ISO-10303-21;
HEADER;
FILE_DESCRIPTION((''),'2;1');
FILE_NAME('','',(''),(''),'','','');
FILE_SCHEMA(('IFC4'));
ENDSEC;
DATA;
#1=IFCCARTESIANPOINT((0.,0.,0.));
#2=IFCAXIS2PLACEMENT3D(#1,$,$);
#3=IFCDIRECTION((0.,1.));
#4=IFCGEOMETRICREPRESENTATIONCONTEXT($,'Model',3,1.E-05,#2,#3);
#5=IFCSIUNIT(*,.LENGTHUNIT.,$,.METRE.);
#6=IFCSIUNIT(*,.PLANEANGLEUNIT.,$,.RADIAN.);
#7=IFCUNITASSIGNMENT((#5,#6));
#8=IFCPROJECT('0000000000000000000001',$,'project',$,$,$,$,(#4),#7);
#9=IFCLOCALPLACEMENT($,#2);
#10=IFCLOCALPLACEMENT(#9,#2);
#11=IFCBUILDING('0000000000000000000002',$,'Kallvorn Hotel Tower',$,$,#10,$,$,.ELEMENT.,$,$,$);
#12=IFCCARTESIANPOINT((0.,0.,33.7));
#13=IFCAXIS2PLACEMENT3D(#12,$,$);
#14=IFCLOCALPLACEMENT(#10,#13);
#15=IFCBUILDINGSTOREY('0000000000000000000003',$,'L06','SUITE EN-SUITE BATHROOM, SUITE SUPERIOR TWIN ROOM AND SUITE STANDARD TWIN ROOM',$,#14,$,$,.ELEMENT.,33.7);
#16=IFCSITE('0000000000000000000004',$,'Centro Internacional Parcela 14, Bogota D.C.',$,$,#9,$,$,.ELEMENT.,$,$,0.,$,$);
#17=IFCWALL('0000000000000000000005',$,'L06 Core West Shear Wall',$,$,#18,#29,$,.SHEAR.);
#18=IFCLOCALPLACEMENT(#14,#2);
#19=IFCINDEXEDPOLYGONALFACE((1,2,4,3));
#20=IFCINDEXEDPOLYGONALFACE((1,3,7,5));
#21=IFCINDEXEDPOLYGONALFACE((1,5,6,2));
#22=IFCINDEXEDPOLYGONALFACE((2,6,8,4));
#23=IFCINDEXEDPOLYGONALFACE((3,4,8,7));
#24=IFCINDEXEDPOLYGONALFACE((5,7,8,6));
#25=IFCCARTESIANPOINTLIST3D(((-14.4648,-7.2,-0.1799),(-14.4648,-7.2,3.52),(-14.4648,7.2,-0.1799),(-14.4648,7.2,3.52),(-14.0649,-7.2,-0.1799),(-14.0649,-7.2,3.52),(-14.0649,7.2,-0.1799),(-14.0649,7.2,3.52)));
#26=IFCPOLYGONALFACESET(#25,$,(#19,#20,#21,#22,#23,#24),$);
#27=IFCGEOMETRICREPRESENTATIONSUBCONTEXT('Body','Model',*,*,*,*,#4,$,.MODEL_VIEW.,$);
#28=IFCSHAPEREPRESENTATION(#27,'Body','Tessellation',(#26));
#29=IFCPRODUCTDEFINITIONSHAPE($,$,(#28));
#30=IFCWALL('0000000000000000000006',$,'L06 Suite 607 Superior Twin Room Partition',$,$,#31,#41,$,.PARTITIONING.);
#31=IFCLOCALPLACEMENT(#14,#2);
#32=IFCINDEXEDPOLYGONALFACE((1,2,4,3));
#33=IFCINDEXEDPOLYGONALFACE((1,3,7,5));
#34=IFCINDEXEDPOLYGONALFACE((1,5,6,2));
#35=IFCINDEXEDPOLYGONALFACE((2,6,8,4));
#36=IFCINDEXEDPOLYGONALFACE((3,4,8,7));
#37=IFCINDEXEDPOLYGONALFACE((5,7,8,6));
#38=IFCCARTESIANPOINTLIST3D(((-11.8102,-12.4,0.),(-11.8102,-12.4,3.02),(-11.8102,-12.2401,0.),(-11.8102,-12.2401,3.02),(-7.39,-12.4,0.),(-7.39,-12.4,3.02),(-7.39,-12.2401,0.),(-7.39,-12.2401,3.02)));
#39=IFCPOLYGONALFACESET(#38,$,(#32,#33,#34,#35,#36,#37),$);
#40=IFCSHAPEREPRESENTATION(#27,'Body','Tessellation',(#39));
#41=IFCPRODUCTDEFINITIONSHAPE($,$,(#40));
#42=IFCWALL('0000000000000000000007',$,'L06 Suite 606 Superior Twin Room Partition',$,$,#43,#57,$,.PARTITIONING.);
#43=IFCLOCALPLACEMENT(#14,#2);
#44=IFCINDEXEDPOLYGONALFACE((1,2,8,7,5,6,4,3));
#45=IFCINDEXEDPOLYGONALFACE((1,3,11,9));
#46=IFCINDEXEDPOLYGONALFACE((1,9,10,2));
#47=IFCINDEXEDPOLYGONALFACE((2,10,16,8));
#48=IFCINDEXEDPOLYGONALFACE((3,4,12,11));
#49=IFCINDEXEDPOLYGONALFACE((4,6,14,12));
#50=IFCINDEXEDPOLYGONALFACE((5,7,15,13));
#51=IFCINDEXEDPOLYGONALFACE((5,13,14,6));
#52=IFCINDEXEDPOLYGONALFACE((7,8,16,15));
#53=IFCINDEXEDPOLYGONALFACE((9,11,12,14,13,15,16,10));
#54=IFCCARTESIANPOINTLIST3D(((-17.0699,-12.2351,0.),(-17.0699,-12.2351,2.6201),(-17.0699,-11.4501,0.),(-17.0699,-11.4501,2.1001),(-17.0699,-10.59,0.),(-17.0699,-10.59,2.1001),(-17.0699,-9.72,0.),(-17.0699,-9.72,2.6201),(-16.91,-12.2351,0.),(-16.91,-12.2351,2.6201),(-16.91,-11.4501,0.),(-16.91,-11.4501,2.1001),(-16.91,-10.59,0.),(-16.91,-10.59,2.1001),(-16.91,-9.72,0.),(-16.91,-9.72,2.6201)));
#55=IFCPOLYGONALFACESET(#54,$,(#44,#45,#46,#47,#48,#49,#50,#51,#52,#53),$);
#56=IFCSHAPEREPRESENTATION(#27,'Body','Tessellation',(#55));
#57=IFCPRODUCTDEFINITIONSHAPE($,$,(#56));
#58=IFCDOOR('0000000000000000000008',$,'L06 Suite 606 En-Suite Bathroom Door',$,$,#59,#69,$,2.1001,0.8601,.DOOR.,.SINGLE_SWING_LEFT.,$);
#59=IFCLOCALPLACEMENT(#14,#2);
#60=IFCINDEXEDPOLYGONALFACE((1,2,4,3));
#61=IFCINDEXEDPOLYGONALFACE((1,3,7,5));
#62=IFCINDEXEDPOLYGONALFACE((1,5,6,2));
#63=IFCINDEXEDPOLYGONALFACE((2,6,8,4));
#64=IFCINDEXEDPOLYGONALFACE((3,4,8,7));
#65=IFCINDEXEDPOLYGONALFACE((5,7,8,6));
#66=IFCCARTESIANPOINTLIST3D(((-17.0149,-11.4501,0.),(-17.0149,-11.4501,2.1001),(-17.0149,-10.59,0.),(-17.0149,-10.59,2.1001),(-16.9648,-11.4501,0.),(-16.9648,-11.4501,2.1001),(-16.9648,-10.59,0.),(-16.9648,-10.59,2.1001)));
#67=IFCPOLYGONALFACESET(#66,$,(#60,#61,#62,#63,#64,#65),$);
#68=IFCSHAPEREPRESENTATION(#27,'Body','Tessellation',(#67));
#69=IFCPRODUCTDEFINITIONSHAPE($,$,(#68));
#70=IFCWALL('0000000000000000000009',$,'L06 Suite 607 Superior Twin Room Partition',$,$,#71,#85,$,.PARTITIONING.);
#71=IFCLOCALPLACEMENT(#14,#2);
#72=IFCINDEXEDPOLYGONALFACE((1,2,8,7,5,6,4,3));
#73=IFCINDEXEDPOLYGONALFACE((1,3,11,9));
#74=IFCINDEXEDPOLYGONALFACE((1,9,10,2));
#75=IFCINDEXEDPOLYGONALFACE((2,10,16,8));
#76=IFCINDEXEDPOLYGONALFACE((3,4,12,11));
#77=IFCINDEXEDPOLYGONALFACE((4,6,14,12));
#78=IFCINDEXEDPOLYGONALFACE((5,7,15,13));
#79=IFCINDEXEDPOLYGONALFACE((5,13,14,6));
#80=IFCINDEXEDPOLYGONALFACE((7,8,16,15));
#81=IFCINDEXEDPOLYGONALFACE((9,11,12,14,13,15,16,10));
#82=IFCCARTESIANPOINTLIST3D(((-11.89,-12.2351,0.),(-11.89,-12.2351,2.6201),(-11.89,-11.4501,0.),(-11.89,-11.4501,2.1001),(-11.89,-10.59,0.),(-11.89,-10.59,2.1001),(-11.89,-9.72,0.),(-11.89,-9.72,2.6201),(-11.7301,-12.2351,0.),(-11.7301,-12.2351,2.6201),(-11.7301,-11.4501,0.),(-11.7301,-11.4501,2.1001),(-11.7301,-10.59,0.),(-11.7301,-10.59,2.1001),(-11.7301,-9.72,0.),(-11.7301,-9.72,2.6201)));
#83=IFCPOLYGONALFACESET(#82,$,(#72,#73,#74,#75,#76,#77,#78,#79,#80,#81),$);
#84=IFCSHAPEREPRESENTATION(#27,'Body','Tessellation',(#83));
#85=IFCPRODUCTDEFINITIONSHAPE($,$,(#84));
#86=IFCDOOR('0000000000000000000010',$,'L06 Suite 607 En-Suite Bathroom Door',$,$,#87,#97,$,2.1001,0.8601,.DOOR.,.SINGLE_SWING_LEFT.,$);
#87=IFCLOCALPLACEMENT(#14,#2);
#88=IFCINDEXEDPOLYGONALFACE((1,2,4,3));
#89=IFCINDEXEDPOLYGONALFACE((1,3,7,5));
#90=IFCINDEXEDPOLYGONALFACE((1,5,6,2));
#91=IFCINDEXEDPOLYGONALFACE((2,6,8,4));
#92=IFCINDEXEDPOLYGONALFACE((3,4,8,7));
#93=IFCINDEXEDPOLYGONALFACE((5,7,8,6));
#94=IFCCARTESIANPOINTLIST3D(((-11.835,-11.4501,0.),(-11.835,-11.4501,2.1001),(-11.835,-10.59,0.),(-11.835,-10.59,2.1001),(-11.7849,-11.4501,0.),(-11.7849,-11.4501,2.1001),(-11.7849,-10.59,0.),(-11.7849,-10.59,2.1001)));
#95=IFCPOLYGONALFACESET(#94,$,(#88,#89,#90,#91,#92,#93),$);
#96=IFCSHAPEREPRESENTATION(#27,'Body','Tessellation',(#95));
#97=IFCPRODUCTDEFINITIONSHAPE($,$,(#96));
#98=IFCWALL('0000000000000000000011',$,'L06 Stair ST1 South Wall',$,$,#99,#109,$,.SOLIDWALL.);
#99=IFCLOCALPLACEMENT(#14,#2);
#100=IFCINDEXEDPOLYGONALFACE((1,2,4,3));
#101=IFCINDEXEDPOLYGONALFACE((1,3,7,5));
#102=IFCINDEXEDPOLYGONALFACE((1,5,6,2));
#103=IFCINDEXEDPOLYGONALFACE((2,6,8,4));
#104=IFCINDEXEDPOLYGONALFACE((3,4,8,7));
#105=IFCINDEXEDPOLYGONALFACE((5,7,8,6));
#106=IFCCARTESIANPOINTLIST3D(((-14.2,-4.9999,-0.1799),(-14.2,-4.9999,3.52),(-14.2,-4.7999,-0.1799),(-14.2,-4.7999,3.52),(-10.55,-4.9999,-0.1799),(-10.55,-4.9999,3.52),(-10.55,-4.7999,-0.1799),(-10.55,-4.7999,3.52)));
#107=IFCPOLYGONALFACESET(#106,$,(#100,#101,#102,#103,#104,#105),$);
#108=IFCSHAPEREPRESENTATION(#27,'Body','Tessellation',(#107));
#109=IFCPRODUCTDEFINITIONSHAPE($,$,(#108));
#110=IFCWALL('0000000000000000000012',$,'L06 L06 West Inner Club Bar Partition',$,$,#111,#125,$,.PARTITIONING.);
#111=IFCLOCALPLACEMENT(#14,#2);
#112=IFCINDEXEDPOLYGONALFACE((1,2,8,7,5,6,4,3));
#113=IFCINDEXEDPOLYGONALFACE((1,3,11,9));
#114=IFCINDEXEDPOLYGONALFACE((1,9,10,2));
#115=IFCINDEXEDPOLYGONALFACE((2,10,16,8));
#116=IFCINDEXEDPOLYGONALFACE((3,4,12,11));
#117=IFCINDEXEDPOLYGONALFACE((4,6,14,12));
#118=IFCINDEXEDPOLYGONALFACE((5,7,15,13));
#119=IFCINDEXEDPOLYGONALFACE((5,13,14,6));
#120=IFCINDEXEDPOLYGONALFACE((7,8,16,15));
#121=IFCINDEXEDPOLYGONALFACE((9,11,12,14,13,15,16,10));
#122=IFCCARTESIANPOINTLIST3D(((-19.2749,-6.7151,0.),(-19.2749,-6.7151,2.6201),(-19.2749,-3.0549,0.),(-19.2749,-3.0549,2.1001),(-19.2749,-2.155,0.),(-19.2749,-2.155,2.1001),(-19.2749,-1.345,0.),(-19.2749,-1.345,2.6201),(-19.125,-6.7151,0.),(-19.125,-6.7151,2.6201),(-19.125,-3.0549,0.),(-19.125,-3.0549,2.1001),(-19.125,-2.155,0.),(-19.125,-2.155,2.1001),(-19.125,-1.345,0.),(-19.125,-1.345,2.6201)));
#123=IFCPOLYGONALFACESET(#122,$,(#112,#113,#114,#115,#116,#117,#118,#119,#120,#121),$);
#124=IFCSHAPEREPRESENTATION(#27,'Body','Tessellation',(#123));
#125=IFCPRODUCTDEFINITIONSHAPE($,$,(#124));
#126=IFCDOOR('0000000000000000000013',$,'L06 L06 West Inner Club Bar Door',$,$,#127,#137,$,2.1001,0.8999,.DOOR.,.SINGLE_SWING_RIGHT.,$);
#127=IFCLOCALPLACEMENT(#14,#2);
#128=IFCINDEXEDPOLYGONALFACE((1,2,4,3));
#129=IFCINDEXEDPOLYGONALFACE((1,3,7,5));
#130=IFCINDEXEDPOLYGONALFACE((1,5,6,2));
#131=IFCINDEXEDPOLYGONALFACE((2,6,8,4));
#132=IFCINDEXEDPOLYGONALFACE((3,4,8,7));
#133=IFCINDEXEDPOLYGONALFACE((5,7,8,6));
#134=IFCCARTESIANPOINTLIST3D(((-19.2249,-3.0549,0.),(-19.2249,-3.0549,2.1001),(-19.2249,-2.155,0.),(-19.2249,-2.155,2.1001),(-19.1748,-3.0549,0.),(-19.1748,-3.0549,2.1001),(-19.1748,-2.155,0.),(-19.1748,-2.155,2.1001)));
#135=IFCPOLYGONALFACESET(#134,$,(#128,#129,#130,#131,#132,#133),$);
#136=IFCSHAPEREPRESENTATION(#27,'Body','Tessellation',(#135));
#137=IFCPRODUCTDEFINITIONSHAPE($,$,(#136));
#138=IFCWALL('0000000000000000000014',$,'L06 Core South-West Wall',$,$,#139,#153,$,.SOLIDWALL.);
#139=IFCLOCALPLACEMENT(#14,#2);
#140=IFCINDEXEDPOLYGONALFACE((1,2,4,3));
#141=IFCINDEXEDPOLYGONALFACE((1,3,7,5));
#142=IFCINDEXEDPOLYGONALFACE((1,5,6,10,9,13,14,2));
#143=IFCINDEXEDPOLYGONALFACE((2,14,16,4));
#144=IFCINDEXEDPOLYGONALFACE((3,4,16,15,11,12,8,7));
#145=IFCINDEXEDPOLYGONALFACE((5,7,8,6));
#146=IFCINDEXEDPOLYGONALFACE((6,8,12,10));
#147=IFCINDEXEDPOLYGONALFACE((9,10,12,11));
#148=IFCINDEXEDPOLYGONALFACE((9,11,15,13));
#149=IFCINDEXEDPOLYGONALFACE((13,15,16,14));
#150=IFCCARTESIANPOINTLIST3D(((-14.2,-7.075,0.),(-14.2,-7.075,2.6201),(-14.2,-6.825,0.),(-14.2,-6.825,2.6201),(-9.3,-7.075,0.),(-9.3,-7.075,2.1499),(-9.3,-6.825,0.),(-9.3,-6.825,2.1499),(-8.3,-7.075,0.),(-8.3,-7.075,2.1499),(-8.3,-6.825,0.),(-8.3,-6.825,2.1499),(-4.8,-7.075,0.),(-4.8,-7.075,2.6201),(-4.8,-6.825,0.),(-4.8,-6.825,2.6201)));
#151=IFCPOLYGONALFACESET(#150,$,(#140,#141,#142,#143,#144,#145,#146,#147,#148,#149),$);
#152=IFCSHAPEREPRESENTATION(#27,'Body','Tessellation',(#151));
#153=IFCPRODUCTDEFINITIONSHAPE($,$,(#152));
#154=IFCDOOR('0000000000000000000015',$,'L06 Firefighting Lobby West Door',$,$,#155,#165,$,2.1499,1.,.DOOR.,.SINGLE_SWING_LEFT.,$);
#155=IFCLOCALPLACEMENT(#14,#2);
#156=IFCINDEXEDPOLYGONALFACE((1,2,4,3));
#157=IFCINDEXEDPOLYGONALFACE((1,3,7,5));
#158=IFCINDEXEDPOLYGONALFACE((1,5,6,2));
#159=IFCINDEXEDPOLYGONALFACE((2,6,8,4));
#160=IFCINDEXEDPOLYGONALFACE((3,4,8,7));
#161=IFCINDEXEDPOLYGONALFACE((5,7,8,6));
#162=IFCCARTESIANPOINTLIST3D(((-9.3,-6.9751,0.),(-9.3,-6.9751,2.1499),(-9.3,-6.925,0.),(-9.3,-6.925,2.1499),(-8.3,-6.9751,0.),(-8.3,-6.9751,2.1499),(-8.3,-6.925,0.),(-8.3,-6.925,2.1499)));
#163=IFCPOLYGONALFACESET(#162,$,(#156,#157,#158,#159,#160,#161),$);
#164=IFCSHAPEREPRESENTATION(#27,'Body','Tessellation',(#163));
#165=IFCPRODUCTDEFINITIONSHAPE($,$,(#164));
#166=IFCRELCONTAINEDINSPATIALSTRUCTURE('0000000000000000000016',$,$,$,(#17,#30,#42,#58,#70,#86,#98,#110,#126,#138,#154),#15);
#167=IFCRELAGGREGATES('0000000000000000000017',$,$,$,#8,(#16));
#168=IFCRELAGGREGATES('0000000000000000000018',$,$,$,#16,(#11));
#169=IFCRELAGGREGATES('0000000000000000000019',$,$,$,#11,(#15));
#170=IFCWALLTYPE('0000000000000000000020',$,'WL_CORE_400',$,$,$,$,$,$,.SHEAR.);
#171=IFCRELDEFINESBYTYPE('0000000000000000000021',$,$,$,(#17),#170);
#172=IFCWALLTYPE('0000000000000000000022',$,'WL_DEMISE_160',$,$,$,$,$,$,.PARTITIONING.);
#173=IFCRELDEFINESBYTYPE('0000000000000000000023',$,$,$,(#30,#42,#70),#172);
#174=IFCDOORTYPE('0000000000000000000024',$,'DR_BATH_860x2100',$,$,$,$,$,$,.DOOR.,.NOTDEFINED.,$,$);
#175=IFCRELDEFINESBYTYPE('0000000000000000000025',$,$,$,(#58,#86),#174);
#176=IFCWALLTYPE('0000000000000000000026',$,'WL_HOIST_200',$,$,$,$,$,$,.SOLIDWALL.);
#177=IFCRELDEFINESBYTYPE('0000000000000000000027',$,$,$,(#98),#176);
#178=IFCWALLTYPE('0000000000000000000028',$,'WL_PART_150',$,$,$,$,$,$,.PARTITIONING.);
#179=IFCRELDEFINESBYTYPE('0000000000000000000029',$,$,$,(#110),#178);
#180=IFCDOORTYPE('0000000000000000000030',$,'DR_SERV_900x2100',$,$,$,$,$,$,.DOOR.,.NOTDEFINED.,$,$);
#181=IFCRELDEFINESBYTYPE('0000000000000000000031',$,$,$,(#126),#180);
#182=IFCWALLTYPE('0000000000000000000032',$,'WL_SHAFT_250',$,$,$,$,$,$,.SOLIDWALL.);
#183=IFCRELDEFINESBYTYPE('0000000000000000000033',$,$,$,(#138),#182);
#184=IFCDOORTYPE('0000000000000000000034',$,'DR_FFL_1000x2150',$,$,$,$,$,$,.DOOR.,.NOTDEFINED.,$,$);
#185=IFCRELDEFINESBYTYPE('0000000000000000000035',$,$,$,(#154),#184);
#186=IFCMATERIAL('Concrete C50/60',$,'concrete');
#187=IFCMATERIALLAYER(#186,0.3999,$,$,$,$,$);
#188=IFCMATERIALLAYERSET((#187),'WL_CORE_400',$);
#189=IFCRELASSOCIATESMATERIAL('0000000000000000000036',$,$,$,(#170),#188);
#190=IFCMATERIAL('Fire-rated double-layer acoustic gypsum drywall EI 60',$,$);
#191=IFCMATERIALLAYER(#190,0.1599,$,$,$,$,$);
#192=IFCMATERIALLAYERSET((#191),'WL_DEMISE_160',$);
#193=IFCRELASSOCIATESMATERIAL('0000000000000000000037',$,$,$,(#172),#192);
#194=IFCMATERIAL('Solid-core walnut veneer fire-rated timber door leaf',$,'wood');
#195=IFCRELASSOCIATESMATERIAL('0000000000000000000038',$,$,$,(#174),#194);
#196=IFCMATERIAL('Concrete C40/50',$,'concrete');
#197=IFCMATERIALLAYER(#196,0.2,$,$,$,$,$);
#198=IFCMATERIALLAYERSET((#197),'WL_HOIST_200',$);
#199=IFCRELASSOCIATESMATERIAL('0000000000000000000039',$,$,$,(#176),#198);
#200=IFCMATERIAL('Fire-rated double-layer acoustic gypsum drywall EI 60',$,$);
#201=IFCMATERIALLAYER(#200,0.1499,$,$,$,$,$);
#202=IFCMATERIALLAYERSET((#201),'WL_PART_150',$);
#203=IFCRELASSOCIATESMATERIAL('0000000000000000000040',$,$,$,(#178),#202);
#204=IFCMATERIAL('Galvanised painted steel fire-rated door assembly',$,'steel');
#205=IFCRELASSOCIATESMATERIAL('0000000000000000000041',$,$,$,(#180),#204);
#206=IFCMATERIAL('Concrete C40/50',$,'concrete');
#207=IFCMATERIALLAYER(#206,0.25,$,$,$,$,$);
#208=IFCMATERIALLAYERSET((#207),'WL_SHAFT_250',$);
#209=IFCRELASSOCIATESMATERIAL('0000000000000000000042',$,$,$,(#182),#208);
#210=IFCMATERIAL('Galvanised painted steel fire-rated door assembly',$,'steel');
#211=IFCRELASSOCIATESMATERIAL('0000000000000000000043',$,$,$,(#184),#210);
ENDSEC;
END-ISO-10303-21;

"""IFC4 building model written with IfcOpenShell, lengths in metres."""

from ifc_helpers import new_model, si_unit, direction, frame, frame_2d, origin, place, context, subcontext, project, spatial, rectangle, extrude, material, layer, layer_set, type_object, element, fill, save


model = new_model("IFC4")

# Units and contexts
model_context = context("Model", 3, precision=1e-05, world=origin(), true_north=direction((0.0, 1.0)))
body_context = subcontext(model_context, "Body", "Model", "MODEL_VIEW")
ifc_project = project(units=[si_unit("LENGTHUNIT", "METRE"), si_unit("PLANEANGLEUNIT", "RADIAN")], contexts=[model_context])

# Site, building, storey
site_placement = place(None, origin())
site = spatial("IfcSite", under=ifc_project, at=site_placement, Name="Centro Internacional Parcela 14, Bogota D.C.", CompositionType="ELEMENT", RefElevation=0.0)
building_placement = place(site_placement, origin())
building = spatial("IfcBuilding", under=site, at=building_placement, Name="Kallvorn Hotel Tower", CompositionType="ELEMENT")
storey_placement = place(building_placement, frame((0.0, 0.0, 33.7)))
storey = spatial("IfcBuildingStorey", under=building, at=storey_placement, Name="L06", Description="SUITE EN-SUITE BATHROOM, SUITE SUPERIOR TWIN ROOM AND SUITE STANDARD TWIN ROOM", CompositionType="ELEMENT", Elevation=33.7)

# Walls
ifc_material_1 = material(Name="Concrete C50/60", Category="concrete")
ifc_layer_1 = layer(ifc_material_1, 0.3999)
ifc_layer_set_1 = layer_set([ifc_layer_1], Name="WL_CORE_400")
wall_type_1 = type_object("IfcWallType", Name="WL_CORE_400", PredefinedType="SHEAR", material=ifc_layer_set_1)
wall_1_placement = place(storey_placement, frame((-14.2649, -7.2, -0.1799), z_axis=(0.0, 0.0, 1.0), x_axis=(0.0, 1.0, 0.0)))
element("IfcWall", 1, at=wall_1_placement, inside=storey, type_object=wall_type_1, Name="L06 Core West Shear Wall", PredefinedType="SHEAR", context=body_context, shape_type="SweptSolid", body=[
    extrude(rectangle(XDim=14.3999, YDim=0.3999, at=frame_2d((7.2, 0.0))), origin(), (0.0, 0.0, 1.0), 3.7),
])
ifc_material_2 = material(Name="Fire-rated double-layer acoustic gypsum drywall EI 60")
ifc_layer_2 = layer(ifc_material_2, 0.1599)
ifc_layer_set_2 = layer_set([ifc_layer_2], Name="WL_DEMISE_160")
wall_type_2 = type_object("IfcWallType", Name="WL_DEMISE_160", PredefinedType="PARTITIONING", material=ifc_layer_set_2)
wall_2_placement = place(storey_placement, frame((-11.8101, -12.3201, 0.0), z_axis=(0.0, 0.0, 1.0), x_axis=(1.0, 0.0, 0.0)))
element("IfcWall", 2, at=wall_2_placement, inside=storey, type_object=wall_type_2, Name="L06 Suite 607 Superior Twin Room Partition", PredefinedType="PARTITIONING", context=body_context, shape_type="SweptSolid", body=[
    extrude(rectangle(XDim=4.4202, YDim=0.1599, at=frame_2d((2.21, 0.0))), origin(), (0.0, 0.0, 1.0), 3.02),
])

# Walls, openings, doors
wall_3_placement = place(storey_placement, frame((-16.99, -12.2351, 0.0), z_axis=(0.0, 0.0, 1.0), x_axis=(0.0, 1.0, 0.0)))
wall_3 = element("IfcWall", 3, at=wall_3_placement, inside=storey, type_object=wall_type_2, Name="L06 Suite 606 Superior Twin Room Partition", PredefinedType="PARTITIONING", context=body_context, shape_type="SweptSolid", body=[
    extrude(rectangle(XDim=2.5151, YDim=0.1599, at=frame_2d((1.2576, 0.0))), origin(), (0.0, 0.0, 1.0), 2.6201),
])
opening_1_placement = place(wall_3_placement, frame((0.7849, 0.0, 0.0)))
opening_1 = element("IfcOpeningElement", 4, at=opening_1_placement, cuts=wall_3, PredefinedType="OPENING", context=body_context, shape_type="SweptSolid", body=[
    extrude(rectangle(XDim=0.8601, YDim=2.1001, at=frame_2d((0.4302, 1.05))), frame((0.0, 0.095, 0.0), z_axis=(0.0, -1.0, 0.0), x_axis=(1.0, 0.0, 0.0)), (0.0, 0.0, 1.0), 0.1899),
])
ifc_material_3 = material(Name="Solid-core walnut veneer fire-rated timber door leaf", Category="wood")
door_type_1 = type_object("IfcDoorType", Name="DR_BATH_860x2100", OperationType="NOTDEFINED", PredefinedType="DOOR", material=ifc_material_3)
door_1_placement = place(opening_1_placement, origin())
door_1 = element("IfcDoor", 5, at=door_1_placement, inside=storey, type_object=door_type_1, Name="L06 Suite 606 En-Suite Bathroom Door", OperationType="SINGLE_SWING_LEFT", OverallHeight=2.1001, OverallWidth=0.8601, PredefinedType="DOOR", context=body_context, shape_type="SweptSolid", body=[
    extrude(rectangle(XDim=0.8601, YDim=2.1001, at=frame_2d((0.4302, 1.05))), frame((0.0, 0.0249, 0.0), z_axis=(0.0, -1.0, 0.0), x_axis=(1.0, 0.0, 0.0)), (0.0, 0.0, 1.0), 0.05),
])
fill(opening_1, door_1)
wall_4_placement = place(storey_placement, frame((-11.8101, -12.2351, 0.0), z_axis=(0.0, 0.0, 1.0), x_axis=(0.0, 1.0, 0.0)))
wall_4 = element("IfcWall", 6, at=wall_4_placement, inside=storey, type_object=wall_type_2, Name="L06 Suite 607 Superior Twin Room Partition", PredefinedType="PARTITIONING", context=body_context, shape_type="SweptSolid", body=[
    extrude(rectangle(XDim=2.5151, YDim=0.1599, at=frame_2d((1.2576, 0.0))), origin(), (0.0, 0.0, 1.0), 2.6201),
])
opening_2_placement = place(wall_4_placement, frame((0.7849, 0.0, 0.0)))
opening_2 = element("IfcOpeningElement", 7, at=opening_2_placement, cuts=wall_4, PredefinedType="OPENING", context=body_context, shape_type="SweptSolid", body=[
    extrude(rectangle(XDim=0.8601, YDim=2.1001, at=frame_2d((0.4302, 1.05))), frame((0.0, 0.095, 0.0), z_axis=(0.0, -1.0, 0.0), x_axis=(1.0, 0.0, 0.0)), (0.0, 0.0, 1.0), 0.1899),
])
door_2_placement = place(opening_2_placement, origin())
door_2 = element("IfcDoor", 8, at=door_2_placement, inside=storey, type_object=door_type_1, Name="L06 Suite 607 En-Suite Bathroom Door", OperationType="SINGLE_SWING_LEFT", OverallHeight=2.1001, OverallWidth=0.8601, PredefinedType="DOOR", context=body_context, shape_type="SweptSolid", body=[
    extrude(rectangle(XDim=0.8601, YDim=2.1001, at=frame_2d((0.4302, 1.05))), frame((0.0, 0.0249, 0.0), z_axis=(0.0, -1.0, 0.0), x_axis=(1.0, 0.0, 0.0)), (0.0, 0.0, 1.0), 0.05),
])
fill(opening_2, door_2)

# Wall
ifc_material_4 = material(Name="Concrete C40/50", Category="concrete")
ifc_layer_3 = layer(ifc_material_4, 0.2)
ifc_layer_set_3 = layer_set([ifc_layer_3], Name="WL_HOIST_200")
wall_type_3 = type_object("IfcWallType", Name="WL_HOIST_200", PredefinedType="SOLIDWALL", material=ifc_layer_set_3)
wall_5_placement = place(storey_placement, frame((-14.2, -4.8999, -0.1799), z_axis=(0.0, 0.0, 1.0), x_axis=(1.0, 0.0, 0.0)))
element("IfcWall", 9, at=wall_5_placement, inside=storey, type_object=wall_type_3, Name="L06 Stair ST1 South Wall", PredefinedType="SOLIDWALL", context=body_context, shape_type="SweptSolid", body=[
    extrude(rectangle(XDim=3.6499, YDim=0.2, at=frame_2d((1.825, 0.0))), origin(), (0.0, 0.0, 1.0), 3.7),
])

# Walls, openings, doors
ifc_material_5 = material(Name="Fire-rated double-layer acoustic gypsum drywall EI 60")
ifc_layer_4 = layer(ifc_material_5, 0.1499)
ifc_layer_set_4 = layer_set([ifc_layer_4], Name="WL_PART_150")
wall_type_4 = type_object("IfcWallType", Name="WL_PART_150", PredefinedType="PARTITIONING", material=ifc_layer_set_4)
wall_6_placement = place(storey_placement, frame((-19.2, -6.7151, 0.0), z_axis=(0.0, 0.0, 1.0), x_axis=(0.0, 1.0, 0.0)))
wall_6 = element("IfcWall", 10, at=wall_6_placement, inside=storey, type_object=wall_type_4, Name="L06 L06 West Inner Club Bar Partition", PredefinedType="PARTITIONING", context=body_context, shape_type="SweptSolid", body=[
    extrude(rectangle(XDim=5.3701, YDim=0.1499, at=frame_2d((2.6851, 0.0))), origin(), (0.0, 0.0, 1.0), 2.6201),
])
opening_3_placement = place(wall_6_placement, frame((3.6602, 0.0, 0.0)))
opening_3 = element("IfcOpeningElement", 11, at=opening_3_placement, cuts=wall_6, PredefinedType="OPENING", context=body_context, shape_type="SweptSolid", body=[
    extrude(rectangle(XDim=0.8999, YDim=2.1001, at=frame_2d((0.45, 1.05))), frame((0.0, 0.0898, 0.0), z_axis=(0.0, -1.0, 0.0), x_axis=(1.0, 0.0, 0.0)), (0.0, 0.0, 1.0), 0.1799),
])
ifc_material_6 = material(Name="Galvanised painted steel fire-rated door assembly", Category="steel")
door_type_2 = type_object("IfcDoorType", Name="DR_SERV_900x2100", OperationType="NOTDEFINED", PredefinedType="DOOR", material=ifc_material_6)
door_3_placement = place(opening_3_placement, origin())
door_3 = element("IfcDoor", 12, at=door_3_placement, inside=storey, type_object=door_type_2, Name="L06 L06 West Inner Club Bar Door", OperationType="SINGLE_SWING_RIGHT", OverallHeight=2.1001, OverallWidth=0.8999, PredefinedType="DOOR", context=body_context, shape_type="SweptSolid", body=[
    extrude(rectangle(XDim=0.8999, YDim=2.1001, at=frame_2d((0.45, 1.05))), frame((0.0, 0.0249, 0.0), z_axis=(0.0, -1.0, 0.0), x_axis=(1.0, 0.0, 0.0)), (0.0, 0.0, 1.0), 0.05),
])
fill(opening_3, door_3)
ifc_material_7 = material(Name="Concrete C40/50", Category="concrete")
ifc_layer_5 = layer(ifc_material_7, 0.25)
ifc_layer_set_5 = layer_set([ifc_layer_5], Name="WL_SHAFT_250")
wall_type_5 = type_object("IfcWallType", Name="WL_SHAFT_250", PredefinedType="SOLIDWALL", material=ifc_layer_set_5)
wall_7_placement = place(storey_placement, frame((-14.2, -6.95, 0.0), z_axis=(0.0, 0.0, 1.0), x_axis=(1.0, 0.0, 0.0)))
wall_7 = element("IfcWall", 13, at=wall_7_placement, inside=storey, type_object=wall_type_5, Name="L06 Core South-West Wall", PredefinedType="SOLIDWALL", context=body_context, shape_type="SweptSolid", body=[
    extrude(rectangle(XDim=9.3999, YDim=0.25, at=frame_2d((4.7, 0.0))), origin(), (0.0, 0.0, 1.0), 2.6201),
])
opening_4_placement = place(wall_7_placement, frame((4.8999, 0.0, 0.0)))
opening_4 = element("IfcOpeningElement", 14, at=opening_4_placement, cuts=wall_7, PredefinedType="OPENING", context=body_context, shape_type="SweptSolid", body=[
    extrude(rectangle(XDim=1.0, YDim=2.1499, at=frame_2d((0.5, 1.075))), frame((0.0, 0.1399, 0.0), z_axis=(0.0, -1.0, 0.0), x_axis=(1.0, 0.0, 0.0)), (0.0, 0.0, 1.0), 0.28),
])
ifc_material_8 = material(Name="Galvanised painted steel fire-rated door assembly", Category="steel")
door_type_3 = type_object("IfcDoorType", Name="DR_FFL_1000x2150", OperationType="NOTDEFINED", PredefinedType="DOOR", material=ifc_material_8)
door_4_placement = place(opening_4_placement, origin())
door_4 = element("IfcDoor", 15, at=door_4_placement, inside=storey, type_object=door_type_3, Name="L06 Firefighting Lobby West Door", OperationType="SINGLE_SWING_LEFT", OverallHeight=2.1499, OverallWidth=1.0, PredefinedType="DOOR", context=body_context, shape_type="SweptSolid", body=[
    extrude(rectangle(XDim=1.0, YDim=2.1499, at=frame_2d((0.5, 1.075))), frame((0.0, 0.0249, 0.0), z_axis=(0.0, -1.0, 0.0), x_axis=(1.0, 0.0, 0.0)), (0.0, 0.0, 1.0), 0.05),
])
fill(opening_4, door_4)

save(model, "model.ifc")
